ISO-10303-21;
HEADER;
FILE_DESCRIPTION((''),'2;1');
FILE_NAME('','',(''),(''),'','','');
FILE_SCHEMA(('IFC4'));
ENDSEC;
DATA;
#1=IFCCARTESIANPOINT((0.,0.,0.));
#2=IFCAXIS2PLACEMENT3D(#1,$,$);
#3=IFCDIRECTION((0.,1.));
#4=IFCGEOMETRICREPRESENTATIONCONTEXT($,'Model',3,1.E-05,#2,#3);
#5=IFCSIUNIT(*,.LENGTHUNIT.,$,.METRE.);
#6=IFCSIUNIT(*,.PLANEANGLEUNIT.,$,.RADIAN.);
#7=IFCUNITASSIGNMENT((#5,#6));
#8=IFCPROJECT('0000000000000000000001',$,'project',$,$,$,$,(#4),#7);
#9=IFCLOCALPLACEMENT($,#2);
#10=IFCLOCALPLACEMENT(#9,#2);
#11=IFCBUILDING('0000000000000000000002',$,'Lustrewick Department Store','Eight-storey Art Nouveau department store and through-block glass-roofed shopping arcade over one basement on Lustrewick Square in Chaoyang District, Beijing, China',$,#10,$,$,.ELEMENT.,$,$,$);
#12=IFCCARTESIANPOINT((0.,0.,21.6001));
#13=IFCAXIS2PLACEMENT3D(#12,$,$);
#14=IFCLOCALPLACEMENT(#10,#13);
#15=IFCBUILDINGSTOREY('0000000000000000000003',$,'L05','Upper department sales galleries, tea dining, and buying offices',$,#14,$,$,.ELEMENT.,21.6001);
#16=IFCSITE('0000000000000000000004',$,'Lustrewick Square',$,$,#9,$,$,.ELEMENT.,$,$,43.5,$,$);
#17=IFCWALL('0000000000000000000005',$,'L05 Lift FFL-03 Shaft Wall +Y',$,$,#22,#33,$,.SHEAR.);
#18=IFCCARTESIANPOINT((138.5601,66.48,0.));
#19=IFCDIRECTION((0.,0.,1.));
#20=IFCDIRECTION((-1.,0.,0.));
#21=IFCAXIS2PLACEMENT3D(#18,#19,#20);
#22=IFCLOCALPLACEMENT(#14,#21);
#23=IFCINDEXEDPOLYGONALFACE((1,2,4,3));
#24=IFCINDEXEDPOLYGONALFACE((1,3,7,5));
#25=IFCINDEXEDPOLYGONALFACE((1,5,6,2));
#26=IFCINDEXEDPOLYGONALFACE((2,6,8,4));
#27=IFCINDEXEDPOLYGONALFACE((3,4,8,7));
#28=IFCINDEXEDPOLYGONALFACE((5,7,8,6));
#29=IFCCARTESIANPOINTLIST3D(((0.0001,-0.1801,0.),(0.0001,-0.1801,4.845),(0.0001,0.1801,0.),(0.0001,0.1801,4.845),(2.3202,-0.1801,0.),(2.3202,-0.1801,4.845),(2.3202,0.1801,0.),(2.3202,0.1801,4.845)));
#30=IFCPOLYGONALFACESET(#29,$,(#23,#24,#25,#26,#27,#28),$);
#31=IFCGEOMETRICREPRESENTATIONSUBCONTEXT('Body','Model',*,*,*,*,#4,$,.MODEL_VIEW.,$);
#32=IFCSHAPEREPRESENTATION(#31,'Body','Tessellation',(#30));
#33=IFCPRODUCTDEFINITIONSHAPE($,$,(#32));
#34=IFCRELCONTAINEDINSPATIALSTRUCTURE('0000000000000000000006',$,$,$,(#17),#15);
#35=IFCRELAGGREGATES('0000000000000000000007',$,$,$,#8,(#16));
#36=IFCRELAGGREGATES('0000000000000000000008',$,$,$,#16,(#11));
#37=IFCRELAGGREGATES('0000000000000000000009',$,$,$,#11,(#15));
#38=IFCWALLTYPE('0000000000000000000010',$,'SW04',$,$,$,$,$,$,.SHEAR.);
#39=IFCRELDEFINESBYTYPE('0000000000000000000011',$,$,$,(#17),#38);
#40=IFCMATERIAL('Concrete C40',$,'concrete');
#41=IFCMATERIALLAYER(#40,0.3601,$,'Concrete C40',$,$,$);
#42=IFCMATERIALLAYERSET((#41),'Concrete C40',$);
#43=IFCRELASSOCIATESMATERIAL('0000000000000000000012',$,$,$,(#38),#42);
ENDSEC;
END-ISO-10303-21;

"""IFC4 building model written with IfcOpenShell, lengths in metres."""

from ifc_helpers import new_model, si_unit, direction, frame, frame_2d, origin, place, context, subcontext, project, spatial, rectangle, extrude, material, layer, layer_set, type_object, element, save


model = new_model("IFC4")

# Units and contexts
model_context = context("Model", 3, precision=1e-05, world=origin(), true_north=direction((0.0, 1.0)))
body_context = subcontext(model_context, "Body", "Model", "MODEL_VIEW")
ifc_project = project(units=[si_unit("LENGTHUNIT", "METRE"), si_unit("PLANEANGLEUNIT", "RADIAN")], contexts=[model_context])

# Site, building, storey
site_placement = place(None, origin())
site = spatial("IfcSite", under=ifc_project, at=site_placement, Name="Lustrewick Square", CompositionType="ELEMENT", RefElevation=43.5)
building_placement = place(site_placement, origin())
building = spatial("IfcBuilding", under=site, at=building_placement, Name="Lustrewick Department Store", Description="Eight-storey Art Nouveau department store and through-block glass-roofed shopping arcade over one basement on Lustrewick Square in Chaoyang District, Beijing, China", CompositionType="ELEMENT")
storey_placement = place(building_placement, frame((0.0, 0.0, 21.6001)))
storey = spatial("IfcBuildingStorey", under=building, at=storey_placement, Name="L05", Description="Upper department sales galleries, tea dining, and buying offices", CompositionType="ELEMENT", Elevation=21.6001)

# Wall
ifc_material_1 = material(Name="Concrete C40", Category="concrete")
ifc_layer_1 = layer(ifc_material_1, 0.3601, Name="Concrete C40")
ifc_layer_set_1 = layer_set([ifc_layer_1], Name="Concrete C40")
wall_type_1 = type_object("IfcWallType", Name="SW04", PredefinedType="SHEAR", material=ifc_layer_set_1)
wall_1_placement = place(storey_placement, frame((138.5601, 66.48, 0.0), z_axis=(0.0, 0.0, 1.0), x_axis=(-1.0, 0.0, 0.0)))
element("IfcWall", 1, at=wall_1_placement, inside=storey, type_object=wall_type_1, Name="L05 Lift FFL-03 Shaft Wall +Y", PredefinedType="SHEAR", context=body_context, shape_type="SweptSolid", body=[
    extrude(rectangle(XDim=2.3201, YDim=0.3601, at=frame_2d((1.1602, 0.0))), origin(), (0.0, 0.0, 1.0), 4.845),
])

save(model, "model.ifc")
